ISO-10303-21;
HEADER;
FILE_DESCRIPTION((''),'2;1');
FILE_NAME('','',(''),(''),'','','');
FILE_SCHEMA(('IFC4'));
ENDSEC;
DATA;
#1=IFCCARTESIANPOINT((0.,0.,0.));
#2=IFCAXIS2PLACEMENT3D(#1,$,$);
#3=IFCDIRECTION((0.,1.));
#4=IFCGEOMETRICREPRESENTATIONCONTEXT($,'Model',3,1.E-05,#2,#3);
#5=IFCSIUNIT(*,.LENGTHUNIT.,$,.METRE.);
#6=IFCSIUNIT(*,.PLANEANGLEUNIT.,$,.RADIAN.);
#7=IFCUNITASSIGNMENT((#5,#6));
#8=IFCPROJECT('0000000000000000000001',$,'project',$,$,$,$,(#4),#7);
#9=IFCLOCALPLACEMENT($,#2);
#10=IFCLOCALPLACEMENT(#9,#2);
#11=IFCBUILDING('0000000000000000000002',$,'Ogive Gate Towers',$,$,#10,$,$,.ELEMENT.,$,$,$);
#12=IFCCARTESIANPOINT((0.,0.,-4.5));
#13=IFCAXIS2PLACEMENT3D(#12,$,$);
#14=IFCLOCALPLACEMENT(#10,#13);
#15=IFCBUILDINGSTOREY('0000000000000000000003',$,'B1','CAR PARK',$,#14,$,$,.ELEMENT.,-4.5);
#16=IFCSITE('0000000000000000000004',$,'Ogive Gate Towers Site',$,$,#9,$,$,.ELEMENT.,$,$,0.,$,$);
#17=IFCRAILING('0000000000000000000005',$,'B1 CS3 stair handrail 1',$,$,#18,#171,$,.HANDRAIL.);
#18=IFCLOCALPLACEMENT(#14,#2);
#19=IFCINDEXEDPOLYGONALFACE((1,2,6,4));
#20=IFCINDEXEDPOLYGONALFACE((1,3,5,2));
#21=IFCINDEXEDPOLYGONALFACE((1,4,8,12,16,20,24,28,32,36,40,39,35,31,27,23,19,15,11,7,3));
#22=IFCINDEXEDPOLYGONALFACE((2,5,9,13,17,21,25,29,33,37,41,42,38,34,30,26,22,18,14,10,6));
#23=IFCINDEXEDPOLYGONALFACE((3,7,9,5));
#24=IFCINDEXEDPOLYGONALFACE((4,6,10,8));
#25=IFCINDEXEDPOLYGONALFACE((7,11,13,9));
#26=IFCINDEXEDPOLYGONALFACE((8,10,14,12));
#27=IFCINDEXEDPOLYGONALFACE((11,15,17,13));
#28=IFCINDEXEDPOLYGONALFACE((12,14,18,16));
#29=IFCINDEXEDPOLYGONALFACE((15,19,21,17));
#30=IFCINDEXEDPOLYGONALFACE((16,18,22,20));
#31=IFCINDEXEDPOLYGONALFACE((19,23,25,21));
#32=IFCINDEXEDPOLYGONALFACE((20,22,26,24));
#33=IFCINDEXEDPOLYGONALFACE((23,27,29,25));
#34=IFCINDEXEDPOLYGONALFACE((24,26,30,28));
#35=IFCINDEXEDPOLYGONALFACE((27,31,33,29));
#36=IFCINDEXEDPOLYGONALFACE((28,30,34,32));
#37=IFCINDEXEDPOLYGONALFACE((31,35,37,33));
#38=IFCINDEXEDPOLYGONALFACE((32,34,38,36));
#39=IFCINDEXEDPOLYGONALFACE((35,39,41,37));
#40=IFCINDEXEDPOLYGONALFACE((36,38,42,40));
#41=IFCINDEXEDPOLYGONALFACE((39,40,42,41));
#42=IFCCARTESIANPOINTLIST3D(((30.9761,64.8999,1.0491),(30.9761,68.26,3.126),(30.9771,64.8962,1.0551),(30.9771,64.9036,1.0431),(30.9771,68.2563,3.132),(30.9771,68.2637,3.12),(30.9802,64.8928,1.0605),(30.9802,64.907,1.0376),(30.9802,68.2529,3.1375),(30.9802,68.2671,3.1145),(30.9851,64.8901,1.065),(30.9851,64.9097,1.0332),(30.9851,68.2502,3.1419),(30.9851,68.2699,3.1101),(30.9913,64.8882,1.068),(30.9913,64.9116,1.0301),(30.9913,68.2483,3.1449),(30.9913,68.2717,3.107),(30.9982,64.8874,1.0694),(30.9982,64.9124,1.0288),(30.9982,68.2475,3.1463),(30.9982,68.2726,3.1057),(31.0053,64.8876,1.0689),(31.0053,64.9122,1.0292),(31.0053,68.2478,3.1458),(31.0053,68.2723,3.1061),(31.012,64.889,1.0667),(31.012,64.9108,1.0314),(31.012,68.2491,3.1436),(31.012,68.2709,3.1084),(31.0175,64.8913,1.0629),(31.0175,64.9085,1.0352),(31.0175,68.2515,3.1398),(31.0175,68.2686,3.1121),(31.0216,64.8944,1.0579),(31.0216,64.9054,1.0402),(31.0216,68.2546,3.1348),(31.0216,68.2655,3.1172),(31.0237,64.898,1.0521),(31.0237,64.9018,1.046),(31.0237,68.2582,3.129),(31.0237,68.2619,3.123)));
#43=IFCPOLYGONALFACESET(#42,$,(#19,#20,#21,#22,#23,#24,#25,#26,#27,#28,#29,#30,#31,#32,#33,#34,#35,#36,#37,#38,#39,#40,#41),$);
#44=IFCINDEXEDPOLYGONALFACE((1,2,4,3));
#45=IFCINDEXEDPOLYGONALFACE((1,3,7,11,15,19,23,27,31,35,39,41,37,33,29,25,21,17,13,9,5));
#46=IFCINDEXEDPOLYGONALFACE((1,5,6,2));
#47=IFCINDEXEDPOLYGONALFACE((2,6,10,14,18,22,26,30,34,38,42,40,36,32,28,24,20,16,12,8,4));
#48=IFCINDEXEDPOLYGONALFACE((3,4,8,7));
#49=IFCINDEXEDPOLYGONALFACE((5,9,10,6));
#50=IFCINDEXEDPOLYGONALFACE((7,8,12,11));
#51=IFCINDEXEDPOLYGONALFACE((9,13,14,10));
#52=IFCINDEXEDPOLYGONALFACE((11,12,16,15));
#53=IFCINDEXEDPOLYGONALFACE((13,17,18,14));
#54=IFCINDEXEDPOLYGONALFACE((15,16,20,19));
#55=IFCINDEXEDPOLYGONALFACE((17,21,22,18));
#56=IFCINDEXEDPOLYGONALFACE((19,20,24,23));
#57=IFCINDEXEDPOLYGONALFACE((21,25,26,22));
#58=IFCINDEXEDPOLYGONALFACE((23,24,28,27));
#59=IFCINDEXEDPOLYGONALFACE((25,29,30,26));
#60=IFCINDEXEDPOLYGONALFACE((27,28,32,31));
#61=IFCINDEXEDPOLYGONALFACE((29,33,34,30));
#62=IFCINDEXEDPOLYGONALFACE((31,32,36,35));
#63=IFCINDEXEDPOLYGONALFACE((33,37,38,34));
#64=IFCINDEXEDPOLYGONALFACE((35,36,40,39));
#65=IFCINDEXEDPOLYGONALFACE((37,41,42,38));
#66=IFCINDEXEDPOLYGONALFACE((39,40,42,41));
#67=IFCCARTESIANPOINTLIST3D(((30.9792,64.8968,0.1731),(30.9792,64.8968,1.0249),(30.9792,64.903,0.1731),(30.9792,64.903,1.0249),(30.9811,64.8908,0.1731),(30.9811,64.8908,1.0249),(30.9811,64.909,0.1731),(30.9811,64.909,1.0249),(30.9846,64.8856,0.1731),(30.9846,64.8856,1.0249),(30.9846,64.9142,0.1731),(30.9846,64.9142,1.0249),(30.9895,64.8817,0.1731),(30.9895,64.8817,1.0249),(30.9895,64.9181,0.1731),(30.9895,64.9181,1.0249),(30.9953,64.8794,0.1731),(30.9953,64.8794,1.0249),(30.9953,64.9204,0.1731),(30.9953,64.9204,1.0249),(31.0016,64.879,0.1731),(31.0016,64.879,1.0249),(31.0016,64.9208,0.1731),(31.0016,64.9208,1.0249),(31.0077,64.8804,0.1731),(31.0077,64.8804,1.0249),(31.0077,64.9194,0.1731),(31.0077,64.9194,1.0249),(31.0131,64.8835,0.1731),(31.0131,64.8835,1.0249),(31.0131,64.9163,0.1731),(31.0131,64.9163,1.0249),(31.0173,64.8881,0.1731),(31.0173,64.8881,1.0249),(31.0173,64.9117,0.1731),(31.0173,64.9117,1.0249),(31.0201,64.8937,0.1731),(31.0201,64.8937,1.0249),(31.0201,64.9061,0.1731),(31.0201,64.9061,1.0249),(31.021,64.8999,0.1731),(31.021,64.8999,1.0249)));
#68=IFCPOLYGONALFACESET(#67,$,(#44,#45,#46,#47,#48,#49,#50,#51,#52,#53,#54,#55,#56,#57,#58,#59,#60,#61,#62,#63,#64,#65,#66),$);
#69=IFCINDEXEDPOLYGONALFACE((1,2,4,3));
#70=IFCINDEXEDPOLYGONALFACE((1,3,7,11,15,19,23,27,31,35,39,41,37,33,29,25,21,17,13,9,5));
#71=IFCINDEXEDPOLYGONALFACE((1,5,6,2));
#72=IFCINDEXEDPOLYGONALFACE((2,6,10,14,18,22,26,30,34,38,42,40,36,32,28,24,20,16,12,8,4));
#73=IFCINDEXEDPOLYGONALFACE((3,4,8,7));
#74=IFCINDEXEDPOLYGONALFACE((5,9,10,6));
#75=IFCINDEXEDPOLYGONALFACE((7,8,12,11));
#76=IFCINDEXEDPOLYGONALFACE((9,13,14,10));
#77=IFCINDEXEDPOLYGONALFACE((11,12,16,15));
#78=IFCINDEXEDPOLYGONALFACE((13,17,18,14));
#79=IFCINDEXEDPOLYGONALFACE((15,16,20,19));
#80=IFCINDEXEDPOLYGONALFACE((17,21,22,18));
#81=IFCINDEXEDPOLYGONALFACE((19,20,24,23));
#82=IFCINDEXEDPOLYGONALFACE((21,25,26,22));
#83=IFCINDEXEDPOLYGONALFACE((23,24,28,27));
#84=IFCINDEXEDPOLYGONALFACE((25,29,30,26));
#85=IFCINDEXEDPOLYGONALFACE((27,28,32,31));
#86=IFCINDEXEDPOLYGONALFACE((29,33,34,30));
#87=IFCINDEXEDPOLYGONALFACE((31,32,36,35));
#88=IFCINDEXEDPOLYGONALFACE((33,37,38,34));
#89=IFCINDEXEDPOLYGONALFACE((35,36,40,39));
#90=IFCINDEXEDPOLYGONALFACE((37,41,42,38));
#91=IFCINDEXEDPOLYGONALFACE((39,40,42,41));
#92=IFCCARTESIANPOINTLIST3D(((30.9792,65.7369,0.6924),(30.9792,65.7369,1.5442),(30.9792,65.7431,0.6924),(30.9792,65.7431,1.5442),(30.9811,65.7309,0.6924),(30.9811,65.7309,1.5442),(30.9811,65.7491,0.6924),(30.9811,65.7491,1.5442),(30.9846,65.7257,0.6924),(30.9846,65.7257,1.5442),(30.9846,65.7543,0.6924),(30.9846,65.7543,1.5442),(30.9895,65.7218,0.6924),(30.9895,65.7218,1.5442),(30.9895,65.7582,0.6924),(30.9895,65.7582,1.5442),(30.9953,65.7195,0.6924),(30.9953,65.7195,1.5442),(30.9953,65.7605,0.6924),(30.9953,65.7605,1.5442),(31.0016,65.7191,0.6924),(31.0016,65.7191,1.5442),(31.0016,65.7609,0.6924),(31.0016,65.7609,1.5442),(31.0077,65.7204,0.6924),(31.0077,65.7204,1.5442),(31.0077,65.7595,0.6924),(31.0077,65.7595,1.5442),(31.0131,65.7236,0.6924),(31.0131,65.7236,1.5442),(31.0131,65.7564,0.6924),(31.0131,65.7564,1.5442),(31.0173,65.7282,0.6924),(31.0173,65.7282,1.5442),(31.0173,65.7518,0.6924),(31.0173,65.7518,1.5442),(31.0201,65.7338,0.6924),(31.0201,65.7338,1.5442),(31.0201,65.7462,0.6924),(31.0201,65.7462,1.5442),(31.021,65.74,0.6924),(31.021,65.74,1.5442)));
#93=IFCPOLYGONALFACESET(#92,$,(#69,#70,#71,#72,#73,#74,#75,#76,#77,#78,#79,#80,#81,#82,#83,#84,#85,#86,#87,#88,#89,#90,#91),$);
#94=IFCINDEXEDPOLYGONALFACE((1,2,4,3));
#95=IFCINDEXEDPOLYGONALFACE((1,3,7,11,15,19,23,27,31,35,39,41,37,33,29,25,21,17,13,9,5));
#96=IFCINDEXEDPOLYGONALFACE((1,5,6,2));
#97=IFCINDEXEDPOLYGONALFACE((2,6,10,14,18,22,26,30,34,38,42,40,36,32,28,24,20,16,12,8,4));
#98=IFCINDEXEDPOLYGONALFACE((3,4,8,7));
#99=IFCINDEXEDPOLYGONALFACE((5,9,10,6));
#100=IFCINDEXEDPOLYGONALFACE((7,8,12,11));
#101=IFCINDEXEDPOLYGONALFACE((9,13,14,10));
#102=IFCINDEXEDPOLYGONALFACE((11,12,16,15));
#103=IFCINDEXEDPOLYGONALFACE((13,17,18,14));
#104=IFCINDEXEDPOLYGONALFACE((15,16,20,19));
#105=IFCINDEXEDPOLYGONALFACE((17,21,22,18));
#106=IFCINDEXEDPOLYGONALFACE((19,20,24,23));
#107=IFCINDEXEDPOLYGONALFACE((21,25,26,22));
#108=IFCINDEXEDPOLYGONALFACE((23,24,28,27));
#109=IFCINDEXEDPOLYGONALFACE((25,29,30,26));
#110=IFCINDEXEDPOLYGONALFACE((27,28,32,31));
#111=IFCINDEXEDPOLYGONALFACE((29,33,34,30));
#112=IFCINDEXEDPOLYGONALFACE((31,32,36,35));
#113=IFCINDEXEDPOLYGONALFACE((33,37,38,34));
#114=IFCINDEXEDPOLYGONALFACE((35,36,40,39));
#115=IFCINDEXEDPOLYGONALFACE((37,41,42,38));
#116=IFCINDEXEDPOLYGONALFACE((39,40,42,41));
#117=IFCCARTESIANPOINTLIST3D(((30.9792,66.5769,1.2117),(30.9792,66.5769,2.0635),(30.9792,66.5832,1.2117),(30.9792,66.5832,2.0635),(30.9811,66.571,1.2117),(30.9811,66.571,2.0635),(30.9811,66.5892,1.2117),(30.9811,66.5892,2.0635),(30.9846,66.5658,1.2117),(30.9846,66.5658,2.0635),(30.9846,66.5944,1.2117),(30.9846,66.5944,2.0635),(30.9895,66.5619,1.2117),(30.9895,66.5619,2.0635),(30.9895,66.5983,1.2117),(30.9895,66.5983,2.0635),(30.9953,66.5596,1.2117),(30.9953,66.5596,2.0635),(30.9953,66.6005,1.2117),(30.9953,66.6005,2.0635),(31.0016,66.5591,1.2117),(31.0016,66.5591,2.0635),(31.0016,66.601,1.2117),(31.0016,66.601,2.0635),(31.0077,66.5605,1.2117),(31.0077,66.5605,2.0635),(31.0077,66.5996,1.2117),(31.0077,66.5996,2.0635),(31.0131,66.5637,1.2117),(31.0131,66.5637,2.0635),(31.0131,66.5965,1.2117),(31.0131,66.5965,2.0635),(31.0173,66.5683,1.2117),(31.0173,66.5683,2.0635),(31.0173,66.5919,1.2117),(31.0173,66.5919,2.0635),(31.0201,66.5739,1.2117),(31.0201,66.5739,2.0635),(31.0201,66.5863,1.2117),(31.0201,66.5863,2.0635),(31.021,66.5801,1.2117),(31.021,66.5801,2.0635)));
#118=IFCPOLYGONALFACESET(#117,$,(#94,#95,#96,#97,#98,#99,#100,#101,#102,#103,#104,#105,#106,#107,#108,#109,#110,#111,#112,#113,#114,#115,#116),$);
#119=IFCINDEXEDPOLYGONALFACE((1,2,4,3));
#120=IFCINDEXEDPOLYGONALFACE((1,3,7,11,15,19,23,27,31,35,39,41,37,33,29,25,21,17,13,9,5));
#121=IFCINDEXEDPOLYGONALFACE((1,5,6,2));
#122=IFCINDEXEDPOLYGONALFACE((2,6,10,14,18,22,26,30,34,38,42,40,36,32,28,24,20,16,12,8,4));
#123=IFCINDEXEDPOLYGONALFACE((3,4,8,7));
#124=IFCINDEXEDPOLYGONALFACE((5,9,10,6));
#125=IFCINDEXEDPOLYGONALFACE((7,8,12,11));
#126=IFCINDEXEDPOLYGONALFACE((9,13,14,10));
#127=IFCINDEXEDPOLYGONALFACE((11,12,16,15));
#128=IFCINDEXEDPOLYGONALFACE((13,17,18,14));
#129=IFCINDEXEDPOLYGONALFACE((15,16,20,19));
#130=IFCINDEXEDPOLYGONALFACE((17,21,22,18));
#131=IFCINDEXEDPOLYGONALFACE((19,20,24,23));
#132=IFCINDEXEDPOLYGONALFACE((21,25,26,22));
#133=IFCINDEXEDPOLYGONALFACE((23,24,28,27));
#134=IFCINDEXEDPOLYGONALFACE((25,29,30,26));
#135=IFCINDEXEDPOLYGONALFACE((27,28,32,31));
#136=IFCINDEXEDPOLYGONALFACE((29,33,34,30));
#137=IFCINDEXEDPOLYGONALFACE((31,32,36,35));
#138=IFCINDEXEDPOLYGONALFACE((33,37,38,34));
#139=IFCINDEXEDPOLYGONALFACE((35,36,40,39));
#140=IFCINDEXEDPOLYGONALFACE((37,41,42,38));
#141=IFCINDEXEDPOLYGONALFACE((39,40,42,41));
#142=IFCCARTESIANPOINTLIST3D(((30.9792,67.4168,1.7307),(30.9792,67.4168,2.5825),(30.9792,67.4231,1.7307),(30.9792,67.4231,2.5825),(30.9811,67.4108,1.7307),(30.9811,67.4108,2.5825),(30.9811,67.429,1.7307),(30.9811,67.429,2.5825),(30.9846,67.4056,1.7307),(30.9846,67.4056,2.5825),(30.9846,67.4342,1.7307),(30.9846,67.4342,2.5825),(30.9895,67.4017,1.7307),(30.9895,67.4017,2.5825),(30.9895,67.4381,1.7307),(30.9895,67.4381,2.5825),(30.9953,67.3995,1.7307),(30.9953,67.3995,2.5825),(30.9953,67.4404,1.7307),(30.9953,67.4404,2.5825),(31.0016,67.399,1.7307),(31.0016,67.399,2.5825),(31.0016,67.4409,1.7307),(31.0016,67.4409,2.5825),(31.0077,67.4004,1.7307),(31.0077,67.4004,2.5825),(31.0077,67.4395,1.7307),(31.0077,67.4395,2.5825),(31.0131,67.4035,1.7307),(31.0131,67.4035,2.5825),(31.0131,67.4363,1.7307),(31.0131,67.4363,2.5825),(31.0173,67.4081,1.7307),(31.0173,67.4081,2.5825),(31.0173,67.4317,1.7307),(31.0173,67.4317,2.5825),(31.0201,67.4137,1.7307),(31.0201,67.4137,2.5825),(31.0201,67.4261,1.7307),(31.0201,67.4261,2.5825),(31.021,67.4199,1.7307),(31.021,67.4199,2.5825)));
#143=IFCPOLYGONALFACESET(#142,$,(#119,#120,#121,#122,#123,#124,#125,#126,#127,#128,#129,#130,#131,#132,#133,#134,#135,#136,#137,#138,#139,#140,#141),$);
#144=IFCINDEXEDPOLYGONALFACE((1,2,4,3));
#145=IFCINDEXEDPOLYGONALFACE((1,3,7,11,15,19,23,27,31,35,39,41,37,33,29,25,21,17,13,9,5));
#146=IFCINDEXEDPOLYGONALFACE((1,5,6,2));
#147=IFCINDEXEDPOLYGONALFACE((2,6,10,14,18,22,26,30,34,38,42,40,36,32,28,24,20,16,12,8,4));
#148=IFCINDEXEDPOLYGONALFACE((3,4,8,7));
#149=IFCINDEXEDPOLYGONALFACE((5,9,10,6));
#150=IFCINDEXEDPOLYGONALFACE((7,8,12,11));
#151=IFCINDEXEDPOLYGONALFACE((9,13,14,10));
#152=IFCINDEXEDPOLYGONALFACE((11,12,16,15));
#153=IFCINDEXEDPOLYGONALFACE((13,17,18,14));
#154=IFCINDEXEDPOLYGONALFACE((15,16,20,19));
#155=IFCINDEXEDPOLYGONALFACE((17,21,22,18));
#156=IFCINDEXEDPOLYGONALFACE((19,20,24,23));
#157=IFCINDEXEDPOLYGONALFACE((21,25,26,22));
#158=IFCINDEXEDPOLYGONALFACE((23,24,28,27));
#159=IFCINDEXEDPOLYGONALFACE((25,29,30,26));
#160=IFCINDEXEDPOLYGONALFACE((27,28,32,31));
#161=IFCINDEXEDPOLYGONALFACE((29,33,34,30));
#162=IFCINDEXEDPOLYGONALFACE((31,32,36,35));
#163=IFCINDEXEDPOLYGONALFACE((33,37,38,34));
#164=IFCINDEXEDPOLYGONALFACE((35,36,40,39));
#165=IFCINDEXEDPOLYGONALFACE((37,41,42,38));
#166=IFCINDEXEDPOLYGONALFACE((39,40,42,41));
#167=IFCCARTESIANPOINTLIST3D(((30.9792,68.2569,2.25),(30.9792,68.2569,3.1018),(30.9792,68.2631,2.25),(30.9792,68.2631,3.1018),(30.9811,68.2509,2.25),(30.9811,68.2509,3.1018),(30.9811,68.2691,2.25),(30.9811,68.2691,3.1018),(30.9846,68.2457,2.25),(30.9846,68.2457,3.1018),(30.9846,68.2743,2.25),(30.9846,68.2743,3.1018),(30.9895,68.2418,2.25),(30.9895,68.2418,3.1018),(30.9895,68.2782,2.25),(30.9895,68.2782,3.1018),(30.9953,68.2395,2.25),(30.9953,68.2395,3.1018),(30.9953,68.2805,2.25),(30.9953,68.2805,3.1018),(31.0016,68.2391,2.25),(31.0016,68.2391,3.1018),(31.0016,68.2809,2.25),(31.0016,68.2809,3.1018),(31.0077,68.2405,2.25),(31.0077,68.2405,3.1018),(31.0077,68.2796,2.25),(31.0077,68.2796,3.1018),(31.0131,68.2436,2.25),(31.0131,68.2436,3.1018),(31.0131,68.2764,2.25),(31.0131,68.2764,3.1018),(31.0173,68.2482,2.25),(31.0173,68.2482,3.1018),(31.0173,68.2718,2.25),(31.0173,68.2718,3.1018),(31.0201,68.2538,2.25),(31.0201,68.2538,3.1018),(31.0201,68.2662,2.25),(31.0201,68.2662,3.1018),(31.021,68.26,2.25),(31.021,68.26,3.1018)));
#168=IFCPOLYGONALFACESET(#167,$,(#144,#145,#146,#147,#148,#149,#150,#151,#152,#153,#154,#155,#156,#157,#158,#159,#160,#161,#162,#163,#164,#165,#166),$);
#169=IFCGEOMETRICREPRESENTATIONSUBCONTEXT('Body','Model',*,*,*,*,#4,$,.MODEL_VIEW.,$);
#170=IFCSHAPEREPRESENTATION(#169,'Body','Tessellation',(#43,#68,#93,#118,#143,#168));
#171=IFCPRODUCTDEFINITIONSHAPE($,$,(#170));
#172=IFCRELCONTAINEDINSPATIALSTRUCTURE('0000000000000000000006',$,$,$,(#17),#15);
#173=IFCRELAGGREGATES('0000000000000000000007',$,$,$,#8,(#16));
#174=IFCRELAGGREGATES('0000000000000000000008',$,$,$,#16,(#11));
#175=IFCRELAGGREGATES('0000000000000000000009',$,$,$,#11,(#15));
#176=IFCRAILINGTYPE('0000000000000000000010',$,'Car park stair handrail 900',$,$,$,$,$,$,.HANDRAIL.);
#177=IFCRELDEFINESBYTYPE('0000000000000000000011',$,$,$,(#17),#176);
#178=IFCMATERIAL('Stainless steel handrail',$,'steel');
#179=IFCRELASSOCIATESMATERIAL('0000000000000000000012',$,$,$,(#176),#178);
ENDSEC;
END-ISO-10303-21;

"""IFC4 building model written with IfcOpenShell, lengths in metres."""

from ifc_helpers import new_model, si_unit, direction, frame, origin, origin_2d, place, context, subcontext, project, spatial, circle, extrude, material, type_object, element, save


model = new_model("IFC4")

# Units and contexts
model_context = context("Model", 3, precision=1e-05, world=origin(), true_north=direction((0.0, 1.0)))
body_context = subcontext(model_context, "Body", "Model", "MODEL_VIEW")
ifc_project = project(units=[si_unit("LENGTHUNIT", "METRE"), si_unit("PLANEANGLEUNIT", "RADIAN")], contexts=[model_context])

# Site, building, storey
site_placement = place(None, origin())
site = spatial("IfcSite", under=ifc_project, at=site_placement, Name="Ogive Gate Towers Site", CompositionType="ELEMENT", RefElevation=0.0)
building_placement = place(site_placement, origin())
building = spatial("IfcBuilding", under=site, at=building_placement, Name="Ogive Gate Towers", CompositionType="ELEMENT")
storey_placement = place(building_placement, frame((0.0, 0.0, -4.5)))
storey = spatial("IfcBuildingStorey", under=building, at=storey_placement, Name="B1", Description="CAR PARK", CompositionType="ELEMENT", Elevation=-4.5)

# Railing
ifc_material_1 = material(Name="Stainless steel handrail", Category="steel")
railing_type_1 = type_object("IfcRailingType", Name="Car park stair handrail 900", PredefinedType="HANDRAIL", material=ifc_material_1)
railing_1_placement = place(storey_placement, frame((31.0, 64.8999, 0.1731)))
element("IfcRailing", 1, at=railing_1_placement, inside=storey, type_object=railing_type_1, Name="B1 CS3 stair handrail 1", PredefinedType="HANDRAIL", context=body_context, shape_type="SweptSolid", body=[
    extrude(circle(Radius=0.0239, at=origin_2d()), frame((0.0, 0.0, 0.876), z_axis=(0.0, 0.850623, 0.525776), x_axis=(-1.0, 0.0, 0.0)), (0.0, 0.0, 1.0), 3.9502),
    extrude(circle(Radius=0.021, at=origin_2d()), origin(), (0.0, 0.0, 1.0), 0.8518),
    extrude(circle(Radius=0.021, at=origin_2d()), frame((0.0, 0.8401, 0.5193)), (0.0, 0.0, 1.0), 0.8518),
    extrude(circle(Radius=0.021, at=origin_2d()), frame((0.0, 1.6802, 1.0386)), (0.0, 0.0, 1.0), 0.8518),
    extrude(circle(Radius=0.021, at=origin_2d()), frame((0.0, 2.52, 1.5576)), (0.0, 0.0, 1.0), 0.8518),
    extrude(circle(Radius=0.021, at=origin_2d()), frame((0.0, 3.3601, 2.0769)), (0.0, 0.0, 1.0), 0.8518),
])

save(model, "model.ifc")
